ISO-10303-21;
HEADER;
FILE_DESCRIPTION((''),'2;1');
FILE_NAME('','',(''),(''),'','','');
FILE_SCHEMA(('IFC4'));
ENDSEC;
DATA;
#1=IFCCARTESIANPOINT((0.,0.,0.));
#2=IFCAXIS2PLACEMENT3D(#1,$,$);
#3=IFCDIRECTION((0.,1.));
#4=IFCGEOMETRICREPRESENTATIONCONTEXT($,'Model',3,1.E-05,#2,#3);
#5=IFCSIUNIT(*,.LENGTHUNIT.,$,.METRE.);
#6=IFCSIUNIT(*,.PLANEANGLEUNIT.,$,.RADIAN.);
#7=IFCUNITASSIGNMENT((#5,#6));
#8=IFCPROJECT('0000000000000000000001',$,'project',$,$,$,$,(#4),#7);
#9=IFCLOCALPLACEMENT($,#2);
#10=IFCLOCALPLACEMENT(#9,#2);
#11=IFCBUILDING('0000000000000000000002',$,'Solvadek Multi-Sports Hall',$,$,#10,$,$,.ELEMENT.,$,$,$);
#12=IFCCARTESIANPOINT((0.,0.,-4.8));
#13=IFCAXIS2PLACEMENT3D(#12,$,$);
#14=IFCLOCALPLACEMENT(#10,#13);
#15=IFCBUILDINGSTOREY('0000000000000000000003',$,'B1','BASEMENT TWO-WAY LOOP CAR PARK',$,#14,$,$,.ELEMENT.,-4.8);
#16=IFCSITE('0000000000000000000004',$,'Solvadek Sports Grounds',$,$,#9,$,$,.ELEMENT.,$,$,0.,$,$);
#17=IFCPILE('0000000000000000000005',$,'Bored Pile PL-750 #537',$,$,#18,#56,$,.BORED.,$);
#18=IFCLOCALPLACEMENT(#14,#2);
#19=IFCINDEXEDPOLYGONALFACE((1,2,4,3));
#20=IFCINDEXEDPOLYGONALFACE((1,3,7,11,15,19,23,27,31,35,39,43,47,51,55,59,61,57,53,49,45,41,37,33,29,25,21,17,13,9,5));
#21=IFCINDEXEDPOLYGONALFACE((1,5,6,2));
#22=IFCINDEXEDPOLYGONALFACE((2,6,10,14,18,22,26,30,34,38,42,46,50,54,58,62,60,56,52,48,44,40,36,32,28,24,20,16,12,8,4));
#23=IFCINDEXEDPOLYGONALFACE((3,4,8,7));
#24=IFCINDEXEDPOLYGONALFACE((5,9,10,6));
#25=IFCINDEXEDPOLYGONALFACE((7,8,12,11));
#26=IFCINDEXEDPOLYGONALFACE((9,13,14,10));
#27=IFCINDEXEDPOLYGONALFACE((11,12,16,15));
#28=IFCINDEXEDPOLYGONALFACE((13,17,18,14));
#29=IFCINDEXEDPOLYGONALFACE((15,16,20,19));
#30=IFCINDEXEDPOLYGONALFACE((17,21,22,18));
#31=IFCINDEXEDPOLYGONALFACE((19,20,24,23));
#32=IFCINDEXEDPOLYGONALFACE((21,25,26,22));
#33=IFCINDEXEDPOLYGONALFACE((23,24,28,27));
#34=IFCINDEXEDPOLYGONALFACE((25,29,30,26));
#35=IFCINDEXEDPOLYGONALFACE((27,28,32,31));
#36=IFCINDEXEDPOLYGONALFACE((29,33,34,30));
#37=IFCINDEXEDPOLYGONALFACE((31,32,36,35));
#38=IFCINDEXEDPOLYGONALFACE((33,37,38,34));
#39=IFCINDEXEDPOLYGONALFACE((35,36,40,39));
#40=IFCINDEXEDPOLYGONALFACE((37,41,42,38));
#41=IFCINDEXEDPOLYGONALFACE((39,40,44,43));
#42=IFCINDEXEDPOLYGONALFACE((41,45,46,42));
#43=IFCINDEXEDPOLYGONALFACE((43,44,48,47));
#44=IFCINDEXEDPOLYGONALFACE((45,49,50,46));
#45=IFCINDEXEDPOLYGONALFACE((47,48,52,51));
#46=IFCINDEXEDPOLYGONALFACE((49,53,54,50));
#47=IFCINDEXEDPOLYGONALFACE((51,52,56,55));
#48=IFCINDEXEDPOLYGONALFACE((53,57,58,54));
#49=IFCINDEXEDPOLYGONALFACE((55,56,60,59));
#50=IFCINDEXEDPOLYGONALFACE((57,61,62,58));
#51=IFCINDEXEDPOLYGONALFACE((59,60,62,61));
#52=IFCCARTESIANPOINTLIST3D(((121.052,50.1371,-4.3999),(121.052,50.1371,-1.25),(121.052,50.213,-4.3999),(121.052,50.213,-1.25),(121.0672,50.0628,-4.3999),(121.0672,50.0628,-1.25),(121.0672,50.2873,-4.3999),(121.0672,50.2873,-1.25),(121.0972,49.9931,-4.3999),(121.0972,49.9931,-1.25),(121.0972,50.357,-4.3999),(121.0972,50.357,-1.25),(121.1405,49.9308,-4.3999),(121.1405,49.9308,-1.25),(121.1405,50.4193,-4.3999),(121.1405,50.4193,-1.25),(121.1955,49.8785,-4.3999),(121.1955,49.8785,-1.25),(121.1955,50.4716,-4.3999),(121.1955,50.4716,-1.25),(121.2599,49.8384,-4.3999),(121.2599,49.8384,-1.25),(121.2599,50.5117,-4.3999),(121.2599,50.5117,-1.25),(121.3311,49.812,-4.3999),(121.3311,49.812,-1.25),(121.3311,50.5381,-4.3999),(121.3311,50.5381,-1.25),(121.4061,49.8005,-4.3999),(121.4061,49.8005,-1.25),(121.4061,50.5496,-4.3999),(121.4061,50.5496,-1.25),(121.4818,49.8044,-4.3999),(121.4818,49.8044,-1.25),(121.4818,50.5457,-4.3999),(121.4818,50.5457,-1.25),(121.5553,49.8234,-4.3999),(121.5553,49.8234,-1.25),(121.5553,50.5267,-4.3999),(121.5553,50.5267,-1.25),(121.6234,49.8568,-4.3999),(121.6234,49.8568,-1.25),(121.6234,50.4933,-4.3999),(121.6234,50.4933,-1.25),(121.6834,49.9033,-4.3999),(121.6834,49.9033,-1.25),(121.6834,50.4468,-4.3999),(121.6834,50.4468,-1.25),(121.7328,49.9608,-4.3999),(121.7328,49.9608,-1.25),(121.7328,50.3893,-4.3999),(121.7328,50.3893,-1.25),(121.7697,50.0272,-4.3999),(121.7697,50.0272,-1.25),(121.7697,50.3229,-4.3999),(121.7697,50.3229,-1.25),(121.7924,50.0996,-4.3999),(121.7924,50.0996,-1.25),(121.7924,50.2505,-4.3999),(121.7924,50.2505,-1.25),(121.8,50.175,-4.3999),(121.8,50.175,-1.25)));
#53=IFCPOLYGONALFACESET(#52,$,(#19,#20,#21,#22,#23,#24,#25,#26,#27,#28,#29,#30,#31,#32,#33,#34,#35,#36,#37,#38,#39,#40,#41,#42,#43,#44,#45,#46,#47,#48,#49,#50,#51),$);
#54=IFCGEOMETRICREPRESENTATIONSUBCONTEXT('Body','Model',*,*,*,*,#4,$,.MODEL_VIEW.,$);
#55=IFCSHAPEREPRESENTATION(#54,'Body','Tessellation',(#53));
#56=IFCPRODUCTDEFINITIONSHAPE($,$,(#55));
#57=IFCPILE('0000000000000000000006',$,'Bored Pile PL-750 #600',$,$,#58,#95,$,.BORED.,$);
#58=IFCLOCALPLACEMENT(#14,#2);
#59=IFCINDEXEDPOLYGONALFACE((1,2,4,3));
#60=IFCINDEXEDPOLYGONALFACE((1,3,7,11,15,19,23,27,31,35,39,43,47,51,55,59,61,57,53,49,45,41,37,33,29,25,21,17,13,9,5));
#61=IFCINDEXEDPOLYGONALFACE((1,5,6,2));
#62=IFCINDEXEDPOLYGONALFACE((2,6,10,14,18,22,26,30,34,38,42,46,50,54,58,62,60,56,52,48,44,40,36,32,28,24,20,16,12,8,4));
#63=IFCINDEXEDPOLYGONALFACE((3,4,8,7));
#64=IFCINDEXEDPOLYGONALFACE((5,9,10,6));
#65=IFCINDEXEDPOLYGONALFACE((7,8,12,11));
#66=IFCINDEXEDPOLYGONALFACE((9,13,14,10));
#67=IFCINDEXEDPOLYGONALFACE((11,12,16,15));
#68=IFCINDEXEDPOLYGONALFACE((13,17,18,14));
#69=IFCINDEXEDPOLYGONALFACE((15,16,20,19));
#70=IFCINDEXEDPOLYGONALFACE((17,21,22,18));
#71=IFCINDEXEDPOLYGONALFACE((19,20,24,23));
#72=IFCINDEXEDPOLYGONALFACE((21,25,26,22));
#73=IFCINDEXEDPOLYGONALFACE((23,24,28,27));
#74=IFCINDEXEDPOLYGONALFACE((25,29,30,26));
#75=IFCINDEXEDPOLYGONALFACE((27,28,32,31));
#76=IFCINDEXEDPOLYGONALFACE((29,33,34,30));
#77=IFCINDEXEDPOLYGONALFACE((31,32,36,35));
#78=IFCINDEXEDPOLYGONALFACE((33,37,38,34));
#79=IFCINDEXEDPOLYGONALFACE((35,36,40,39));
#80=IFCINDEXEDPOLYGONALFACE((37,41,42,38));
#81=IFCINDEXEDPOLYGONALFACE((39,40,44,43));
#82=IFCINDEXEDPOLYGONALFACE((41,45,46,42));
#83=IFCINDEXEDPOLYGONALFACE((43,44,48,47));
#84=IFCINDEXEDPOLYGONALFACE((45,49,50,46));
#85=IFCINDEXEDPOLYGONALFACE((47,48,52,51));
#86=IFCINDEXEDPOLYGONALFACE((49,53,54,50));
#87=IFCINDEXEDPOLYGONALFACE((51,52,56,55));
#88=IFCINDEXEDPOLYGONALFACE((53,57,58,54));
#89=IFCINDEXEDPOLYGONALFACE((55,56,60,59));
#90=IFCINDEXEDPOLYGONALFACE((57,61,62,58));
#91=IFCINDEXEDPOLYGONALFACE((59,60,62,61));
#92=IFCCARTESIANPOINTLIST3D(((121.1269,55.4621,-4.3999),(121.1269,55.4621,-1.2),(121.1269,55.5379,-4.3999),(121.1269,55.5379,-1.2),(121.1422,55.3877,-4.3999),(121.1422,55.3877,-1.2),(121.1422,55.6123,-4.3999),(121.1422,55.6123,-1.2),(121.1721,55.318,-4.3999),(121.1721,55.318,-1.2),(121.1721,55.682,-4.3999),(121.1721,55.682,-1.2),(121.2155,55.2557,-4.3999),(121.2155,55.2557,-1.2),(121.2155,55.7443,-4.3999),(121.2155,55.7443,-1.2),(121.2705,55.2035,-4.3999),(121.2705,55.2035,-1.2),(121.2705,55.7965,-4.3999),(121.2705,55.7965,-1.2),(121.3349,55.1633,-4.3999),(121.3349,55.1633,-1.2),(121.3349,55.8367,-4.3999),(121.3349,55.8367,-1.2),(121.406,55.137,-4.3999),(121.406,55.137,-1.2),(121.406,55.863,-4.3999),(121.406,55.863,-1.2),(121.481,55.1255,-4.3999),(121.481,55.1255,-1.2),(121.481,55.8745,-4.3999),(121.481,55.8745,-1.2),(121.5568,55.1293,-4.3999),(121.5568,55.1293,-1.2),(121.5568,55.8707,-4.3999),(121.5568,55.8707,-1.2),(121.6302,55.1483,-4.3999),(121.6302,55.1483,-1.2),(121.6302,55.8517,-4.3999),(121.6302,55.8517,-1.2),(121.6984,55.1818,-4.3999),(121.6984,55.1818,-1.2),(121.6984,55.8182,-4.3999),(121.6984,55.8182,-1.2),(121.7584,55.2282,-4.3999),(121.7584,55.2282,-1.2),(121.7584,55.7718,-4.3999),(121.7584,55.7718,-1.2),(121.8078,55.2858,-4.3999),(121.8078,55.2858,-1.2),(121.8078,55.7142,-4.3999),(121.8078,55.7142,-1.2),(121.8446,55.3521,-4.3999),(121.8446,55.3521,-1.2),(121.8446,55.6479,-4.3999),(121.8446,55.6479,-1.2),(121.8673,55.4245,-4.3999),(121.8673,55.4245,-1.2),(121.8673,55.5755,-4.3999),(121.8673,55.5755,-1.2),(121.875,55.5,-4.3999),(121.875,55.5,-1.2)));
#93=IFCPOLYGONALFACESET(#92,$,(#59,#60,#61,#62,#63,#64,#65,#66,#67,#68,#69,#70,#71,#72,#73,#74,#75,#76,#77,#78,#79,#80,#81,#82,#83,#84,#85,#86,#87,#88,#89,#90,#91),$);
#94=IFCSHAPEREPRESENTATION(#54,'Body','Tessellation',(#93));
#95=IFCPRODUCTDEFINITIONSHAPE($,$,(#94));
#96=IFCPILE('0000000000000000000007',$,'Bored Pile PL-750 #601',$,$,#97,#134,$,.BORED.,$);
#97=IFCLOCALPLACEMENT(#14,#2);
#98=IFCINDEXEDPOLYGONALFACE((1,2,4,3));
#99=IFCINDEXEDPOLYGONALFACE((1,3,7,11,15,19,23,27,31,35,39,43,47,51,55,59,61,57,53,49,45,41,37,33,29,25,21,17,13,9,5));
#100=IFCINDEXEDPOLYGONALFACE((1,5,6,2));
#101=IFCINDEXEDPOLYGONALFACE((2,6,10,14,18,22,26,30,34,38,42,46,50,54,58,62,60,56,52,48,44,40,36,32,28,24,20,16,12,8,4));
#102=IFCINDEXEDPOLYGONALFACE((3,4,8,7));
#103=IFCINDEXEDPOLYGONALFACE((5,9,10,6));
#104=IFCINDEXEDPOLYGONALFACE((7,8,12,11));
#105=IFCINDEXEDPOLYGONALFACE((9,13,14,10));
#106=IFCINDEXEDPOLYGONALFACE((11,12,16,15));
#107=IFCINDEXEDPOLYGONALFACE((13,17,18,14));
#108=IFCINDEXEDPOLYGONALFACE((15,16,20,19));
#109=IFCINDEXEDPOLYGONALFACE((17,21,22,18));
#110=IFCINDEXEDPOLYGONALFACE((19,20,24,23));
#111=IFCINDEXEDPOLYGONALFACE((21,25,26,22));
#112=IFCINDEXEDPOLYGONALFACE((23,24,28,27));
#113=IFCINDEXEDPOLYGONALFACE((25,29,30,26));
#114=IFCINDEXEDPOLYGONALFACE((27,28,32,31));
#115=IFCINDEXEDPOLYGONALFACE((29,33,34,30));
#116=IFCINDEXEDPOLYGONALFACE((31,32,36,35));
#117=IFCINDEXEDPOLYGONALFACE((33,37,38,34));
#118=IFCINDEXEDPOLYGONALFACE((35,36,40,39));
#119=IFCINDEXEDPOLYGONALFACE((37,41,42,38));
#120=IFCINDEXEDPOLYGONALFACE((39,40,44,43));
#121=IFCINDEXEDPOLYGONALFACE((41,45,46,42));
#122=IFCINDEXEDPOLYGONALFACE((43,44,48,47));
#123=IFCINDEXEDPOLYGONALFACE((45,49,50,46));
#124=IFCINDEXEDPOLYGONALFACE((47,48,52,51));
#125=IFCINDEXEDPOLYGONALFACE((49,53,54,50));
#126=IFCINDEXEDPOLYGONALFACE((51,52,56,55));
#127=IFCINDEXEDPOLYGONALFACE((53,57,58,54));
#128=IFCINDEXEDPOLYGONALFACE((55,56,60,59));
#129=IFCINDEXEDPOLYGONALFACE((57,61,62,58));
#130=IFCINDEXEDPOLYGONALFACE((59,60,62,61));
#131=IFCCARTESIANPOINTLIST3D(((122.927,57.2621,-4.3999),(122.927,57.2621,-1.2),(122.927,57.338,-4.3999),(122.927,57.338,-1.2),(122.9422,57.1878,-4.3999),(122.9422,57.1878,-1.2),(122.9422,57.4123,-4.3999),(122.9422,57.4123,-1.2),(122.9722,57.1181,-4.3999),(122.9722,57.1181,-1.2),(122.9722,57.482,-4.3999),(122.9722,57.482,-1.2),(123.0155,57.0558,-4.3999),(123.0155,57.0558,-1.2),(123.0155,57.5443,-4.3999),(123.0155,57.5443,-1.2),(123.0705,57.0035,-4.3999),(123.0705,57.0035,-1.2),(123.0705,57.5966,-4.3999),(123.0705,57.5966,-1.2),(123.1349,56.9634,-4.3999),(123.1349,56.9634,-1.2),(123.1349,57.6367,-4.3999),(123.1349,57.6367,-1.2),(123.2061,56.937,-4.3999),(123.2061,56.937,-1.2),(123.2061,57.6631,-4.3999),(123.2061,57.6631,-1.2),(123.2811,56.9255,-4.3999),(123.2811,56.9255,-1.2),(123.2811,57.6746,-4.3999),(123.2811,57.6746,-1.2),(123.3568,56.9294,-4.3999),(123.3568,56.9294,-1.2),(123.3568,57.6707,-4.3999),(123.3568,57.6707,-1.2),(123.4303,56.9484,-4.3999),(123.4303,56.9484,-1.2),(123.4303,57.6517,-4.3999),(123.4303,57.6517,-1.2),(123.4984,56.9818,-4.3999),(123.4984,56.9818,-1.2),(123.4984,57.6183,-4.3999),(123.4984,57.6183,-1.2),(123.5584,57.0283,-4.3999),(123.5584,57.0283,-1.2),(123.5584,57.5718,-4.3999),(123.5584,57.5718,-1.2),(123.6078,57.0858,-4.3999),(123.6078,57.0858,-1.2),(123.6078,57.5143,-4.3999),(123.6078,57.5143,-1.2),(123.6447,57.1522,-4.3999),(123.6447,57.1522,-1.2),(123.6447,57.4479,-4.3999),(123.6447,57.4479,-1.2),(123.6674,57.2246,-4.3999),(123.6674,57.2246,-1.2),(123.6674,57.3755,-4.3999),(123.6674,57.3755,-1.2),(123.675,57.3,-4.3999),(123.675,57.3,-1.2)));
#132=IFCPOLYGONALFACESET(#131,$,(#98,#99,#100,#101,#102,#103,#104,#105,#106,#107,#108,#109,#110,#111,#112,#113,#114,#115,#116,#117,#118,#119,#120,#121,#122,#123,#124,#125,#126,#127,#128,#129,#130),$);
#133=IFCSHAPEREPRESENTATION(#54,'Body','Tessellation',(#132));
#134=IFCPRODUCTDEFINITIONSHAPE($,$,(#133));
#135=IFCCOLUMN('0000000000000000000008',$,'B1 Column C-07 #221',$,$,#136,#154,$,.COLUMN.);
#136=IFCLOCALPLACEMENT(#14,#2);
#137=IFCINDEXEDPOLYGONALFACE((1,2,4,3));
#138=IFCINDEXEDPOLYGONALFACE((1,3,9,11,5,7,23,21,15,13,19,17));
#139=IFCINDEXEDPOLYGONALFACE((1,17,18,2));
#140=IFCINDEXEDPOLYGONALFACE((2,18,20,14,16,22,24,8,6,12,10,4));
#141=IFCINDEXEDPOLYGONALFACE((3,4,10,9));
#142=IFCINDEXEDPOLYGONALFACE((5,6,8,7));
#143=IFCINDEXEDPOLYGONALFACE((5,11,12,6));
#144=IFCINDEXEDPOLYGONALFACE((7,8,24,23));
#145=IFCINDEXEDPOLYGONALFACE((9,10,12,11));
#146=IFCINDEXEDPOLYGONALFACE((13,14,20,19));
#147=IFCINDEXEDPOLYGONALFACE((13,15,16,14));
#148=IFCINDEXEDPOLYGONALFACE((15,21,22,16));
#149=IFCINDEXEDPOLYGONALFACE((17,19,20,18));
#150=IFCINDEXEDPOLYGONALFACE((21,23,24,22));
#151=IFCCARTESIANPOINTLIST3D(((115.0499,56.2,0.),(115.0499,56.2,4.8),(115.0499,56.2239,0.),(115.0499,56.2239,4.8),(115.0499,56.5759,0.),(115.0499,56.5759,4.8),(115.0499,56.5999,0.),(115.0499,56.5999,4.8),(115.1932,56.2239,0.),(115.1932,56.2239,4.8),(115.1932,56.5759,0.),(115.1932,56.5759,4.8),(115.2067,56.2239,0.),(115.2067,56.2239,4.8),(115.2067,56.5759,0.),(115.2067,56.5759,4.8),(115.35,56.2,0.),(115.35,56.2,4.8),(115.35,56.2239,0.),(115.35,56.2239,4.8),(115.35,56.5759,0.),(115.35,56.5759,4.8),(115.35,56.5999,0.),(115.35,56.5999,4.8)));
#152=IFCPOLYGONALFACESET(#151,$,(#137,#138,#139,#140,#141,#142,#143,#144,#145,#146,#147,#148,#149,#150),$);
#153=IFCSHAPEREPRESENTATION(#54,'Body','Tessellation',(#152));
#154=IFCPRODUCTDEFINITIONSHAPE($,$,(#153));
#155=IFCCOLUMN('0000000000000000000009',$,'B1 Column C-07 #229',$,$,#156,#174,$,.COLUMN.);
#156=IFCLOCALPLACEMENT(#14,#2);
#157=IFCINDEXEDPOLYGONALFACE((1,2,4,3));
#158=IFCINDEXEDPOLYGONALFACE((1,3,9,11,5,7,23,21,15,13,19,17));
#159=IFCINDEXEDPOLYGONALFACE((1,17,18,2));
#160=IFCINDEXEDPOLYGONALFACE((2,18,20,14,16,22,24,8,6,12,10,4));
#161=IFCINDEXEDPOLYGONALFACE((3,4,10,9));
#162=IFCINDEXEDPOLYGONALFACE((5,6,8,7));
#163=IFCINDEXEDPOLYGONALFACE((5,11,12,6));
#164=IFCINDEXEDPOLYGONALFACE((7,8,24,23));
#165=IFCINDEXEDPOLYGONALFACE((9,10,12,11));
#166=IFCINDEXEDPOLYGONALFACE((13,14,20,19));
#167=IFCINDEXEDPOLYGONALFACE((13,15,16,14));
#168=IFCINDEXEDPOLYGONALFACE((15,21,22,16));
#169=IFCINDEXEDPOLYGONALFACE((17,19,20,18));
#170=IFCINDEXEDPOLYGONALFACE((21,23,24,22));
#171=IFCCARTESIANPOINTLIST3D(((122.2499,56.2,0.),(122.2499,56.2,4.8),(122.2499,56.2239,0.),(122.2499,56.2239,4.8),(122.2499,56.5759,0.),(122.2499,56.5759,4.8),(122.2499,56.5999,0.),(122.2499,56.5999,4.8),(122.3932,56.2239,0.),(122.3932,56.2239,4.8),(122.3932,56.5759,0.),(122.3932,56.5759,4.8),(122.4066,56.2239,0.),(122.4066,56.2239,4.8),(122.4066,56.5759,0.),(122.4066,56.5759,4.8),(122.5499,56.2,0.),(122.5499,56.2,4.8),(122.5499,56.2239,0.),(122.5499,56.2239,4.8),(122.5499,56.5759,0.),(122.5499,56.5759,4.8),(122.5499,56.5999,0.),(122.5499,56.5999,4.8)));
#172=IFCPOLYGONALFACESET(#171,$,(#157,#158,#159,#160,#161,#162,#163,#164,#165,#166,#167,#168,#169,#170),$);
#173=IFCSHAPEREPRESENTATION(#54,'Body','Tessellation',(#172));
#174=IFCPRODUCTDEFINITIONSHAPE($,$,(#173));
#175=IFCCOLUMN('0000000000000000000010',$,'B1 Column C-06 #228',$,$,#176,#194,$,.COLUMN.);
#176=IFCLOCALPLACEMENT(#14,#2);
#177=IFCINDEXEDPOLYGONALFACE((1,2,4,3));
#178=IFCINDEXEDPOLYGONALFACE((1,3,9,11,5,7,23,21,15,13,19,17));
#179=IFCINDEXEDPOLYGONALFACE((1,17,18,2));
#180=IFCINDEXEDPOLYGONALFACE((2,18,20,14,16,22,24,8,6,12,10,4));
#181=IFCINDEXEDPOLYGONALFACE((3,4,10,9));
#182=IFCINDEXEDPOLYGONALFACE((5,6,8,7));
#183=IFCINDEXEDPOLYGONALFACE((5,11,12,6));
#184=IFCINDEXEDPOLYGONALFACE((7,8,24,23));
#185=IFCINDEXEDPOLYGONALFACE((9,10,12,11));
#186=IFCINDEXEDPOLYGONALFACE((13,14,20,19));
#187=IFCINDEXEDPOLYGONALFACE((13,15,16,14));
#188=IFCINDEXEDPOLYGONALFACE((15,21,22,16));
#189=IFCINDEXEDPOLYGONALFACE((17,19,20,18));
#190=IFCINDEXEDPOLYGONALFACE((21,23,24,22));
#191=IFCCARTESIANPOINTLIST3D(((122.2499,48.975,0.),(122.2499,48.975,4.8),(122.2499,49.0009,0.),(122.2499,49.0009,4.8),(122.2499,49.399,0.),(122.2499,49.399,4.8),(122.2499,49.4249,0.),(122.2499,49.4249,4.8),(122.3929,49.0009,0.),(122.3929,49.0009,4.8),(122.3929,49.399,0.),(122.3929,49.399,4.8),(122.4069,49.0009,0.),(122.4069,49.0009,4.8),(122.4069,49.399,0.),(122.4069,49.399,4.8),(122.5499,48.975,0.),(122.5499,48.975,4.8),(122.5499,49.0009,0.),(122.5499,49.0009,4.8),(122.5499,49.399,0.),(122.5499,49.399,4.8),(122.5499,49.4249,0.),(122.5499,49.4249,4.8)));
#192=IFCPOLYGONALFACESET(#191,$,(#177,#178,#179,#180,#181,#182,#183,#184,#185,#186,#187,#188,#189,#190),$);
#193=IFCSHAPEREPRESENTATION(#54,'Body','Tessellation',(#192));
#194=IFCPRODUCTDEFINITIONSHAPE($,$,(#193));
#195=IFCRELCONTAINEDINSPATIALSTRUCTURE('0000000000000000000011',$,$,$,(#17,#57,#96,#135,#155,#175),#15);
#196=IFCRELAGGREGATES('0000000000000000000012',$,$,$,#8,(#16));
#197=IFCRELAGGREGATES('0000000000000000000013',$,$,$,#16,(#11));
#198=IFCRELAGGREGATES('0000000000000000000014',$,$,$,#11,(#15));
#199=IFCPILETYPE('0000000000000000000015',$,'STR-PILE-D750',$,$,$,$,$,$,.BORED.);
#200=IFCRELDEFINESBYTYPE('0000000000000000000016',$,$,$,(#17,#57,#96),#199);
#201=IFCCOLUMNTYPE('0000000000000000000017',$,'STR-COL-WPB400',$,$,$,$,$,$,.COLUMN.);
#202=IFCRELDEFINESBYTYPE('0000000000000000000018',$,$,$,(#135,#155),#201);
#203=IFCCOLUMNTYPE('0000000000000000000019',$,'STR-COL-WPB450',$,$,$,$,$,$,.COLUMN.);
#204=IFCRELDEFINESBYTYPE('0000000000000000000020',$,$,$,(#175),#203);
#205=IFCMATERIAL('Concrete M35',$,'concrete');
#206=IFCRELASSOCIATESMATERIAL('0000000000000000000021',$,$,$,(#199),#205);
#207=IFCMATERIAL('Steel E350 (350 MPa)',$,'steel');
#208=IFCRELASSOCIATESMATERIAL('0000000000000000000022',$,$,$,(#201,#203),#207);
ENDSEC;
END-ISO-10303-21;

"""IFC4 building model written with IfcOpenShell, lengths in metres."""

from ifc_helpers import new_model, si_unit, direction, frame, origin, origin_2d, place, context, subcontext, project, spatial, circle, i_section, extrude, material, material_profile, profile_set, type_object, element, save


model = new_model("IFC4")

# Units and contexts
model_context = context("Model", 3, precision=1e-05, world=origin(), true_north=direction((0.0, 1.0)))
body_context = subcontext(model_context, "Body", "Model", "MODEL_VIEW")
ifc_project = project(units=[si_unit("LENGTHUNIT", "METRE"), si_unit("PLANEANGLEUNIT", "RADIAN")], contexts=[model_context])

# Site, building, storey
site_placement = place(None, origin())
site = spatial("IfcSite", under=ifc_project, at=site_placement, Name="Solvadek Sports Grounds", CompositionType="ELEMENT", RefElevation=0.0)
building_placement = place(site_placement, origin())
building = spatial("IfcBuilding", under=site, at=building_placement, Name="Solvadek Multi-Sports Hall", CompositionType="ELEMENT")
storey_placement = place(building_placement, frame((0.0, 0.0, -4.8)))
storey = spatial("IfcBuildingStorey", under=building, at=storey_placement, Name="B1", Description="BASEMENT TWO-WAY LOOP CAR PARK", CompositionType="ELEMENT", Elevation=-4.8)

# Piles
ifc_material_1 = material(Name="Concrete M35", Category="concrete")
ifc_material_profile_1 = material_profile(ifc_material_1, circle(Radius=0.375, at=origin_2d()), Name="BORED PILE D750")
ifc_profile_set_1 = profile_set([ifc_material_profile_1], Name="Concrete M35")
pile_type_1 = type_object("IfcPileType", Name="STR-PILE-D750", PredefinedType="BORED", material=ifc_profile_set_1)
pile_1_placement = place(storey_placement, frame((121.425, 50.175, -1.25), z_axis=(0.0, 0.0, -1.0), x_axis=(1.0, 0.0, 0.0)))
element("IfcPile", 1, at=pile_1_placement, inside=storey, type_object=pile_type_1, Name="Bored Pile PL-750 #537", PredefinedType="BORED", context=body_context, shape_type="SweptSolid", body=[
    extrude(circle(Radius=0.375, at=origin_2d()), origin(), (0.0, 0.0, 1.0), 3.1499),
])
for number, where, z_axis, x_axis, name in (
    (2, (121.5, 55.5, -1.2), (0.0, 0.0, -1.0), (1.0, 0.0, 0.0), "Bored Pile PL-750 #600"),
    (3, (123.3, 57.3, -1.2), (0.0, 0.0, -1.0), (1.0, 0.0, 0.0), "Bored Pile PL-750 #601"),
):
    element("IfcPile", number, at=place(storey_placement, frame(where, z_axis=z_axis, x_axis=x_axis)), inside=storey, type_object=pile_type_1, Name=name, PredefinedType="BORED", context=body_context, shape_type="SweptSolid", body=[
        extrude(circle(Radius=0.375, at=origin_2d()), origin(), (0.0, 0.0, 1.0), 3.2),
    ])

# Columns
ifc_material_2 = material(Name="Steel E350 (350 MPa)", Category="steel")
ifc_material_profile_2 = material_profile(ifc_material_2, i_section(OverallWidth=0.3, OverallDepth=0.3999, WebThickness=0.0134, FlangeThickness=0.0239, at=origin_2d()), Name="WPB 400")
ifc_profile_set_2 = profile_set([ifc_material_profile_2], Name="Steel E350 (350 MPa)")
column_type_1 = type_object("IfcColumnType", Name="STR-COL-WPB400", PredefinedType="COLUMN", material=ifc_profile_set_2)
for number, where, z_axis, x_axis, name in (
    (4, (115.2, 56.3999, 0.0), (0.0, 0.0, 1.0), (1.0, 0.0, 0.0), "B1 Column C-07 #221"),
    (5, (122.3999, 56.3999, 0.0), (0.0, 0.0, 1.0), (1.0, 0.0, 0.0), "B1 Column C-07 #229"),
):
    element("IfcColumn", number, at=place(storey_placement, frame(where, z_axis=z_axis, x_axis=x_axis)), inside=storey, type_object=column_type_1, Name=name, PredefinedType="COLUMN", context=body_context, shape_type="SweptSolid", body=[
        extrude(i_section(OverallWidth=0.3, OverallDepth=0.3999, WebThickness=0.0134, FlangeThickness=0.0239, at=origin_2d()), origin(), (0.0, 0.0, 1.0), 4.8),
    ])
ifc_material_profile_3 = material_profile(ifc_material_2, i_section(OverallWidth=0.3, OverallDepth=0.45, WebThickness=0.0139, FlangeThickness=0.0259, at=origin_2d()), Name="WPB 450")
ifc_profile_set_3 = profile_set([ifc_material_profile_3], Name="Steel E350 (350 MPa)")
column_type_2 = type_object("IfcColumnType", Name="STR-COL-WPB450", PredefinedType="COLUMN", material=ifc_profile_set_3)
column_placement = place(storey_placement, frame((122.3999, 49.2, 0.0), z_axis=(0.0, 0.0, 1.0), x_axis=(1.0, 0.0, 0.0)))
element("IfcColumn", 6, at=column_placement, inside=storey, type_object=column_type_2, Name="B1 Column C-06 #228", PredefinedType="COLUMN", context=body_context, shape_type="SweptSolid", body=[
    extrude(i_section(OverallWidth=0.3, OverallDepth=0.45, WebThickness=0.0139, FlangeThickness=0.0259, at=origin_2d()), origin(), (0.0, 0.0, 1.0), 4.8),
])

save(model, "model.ifc")
